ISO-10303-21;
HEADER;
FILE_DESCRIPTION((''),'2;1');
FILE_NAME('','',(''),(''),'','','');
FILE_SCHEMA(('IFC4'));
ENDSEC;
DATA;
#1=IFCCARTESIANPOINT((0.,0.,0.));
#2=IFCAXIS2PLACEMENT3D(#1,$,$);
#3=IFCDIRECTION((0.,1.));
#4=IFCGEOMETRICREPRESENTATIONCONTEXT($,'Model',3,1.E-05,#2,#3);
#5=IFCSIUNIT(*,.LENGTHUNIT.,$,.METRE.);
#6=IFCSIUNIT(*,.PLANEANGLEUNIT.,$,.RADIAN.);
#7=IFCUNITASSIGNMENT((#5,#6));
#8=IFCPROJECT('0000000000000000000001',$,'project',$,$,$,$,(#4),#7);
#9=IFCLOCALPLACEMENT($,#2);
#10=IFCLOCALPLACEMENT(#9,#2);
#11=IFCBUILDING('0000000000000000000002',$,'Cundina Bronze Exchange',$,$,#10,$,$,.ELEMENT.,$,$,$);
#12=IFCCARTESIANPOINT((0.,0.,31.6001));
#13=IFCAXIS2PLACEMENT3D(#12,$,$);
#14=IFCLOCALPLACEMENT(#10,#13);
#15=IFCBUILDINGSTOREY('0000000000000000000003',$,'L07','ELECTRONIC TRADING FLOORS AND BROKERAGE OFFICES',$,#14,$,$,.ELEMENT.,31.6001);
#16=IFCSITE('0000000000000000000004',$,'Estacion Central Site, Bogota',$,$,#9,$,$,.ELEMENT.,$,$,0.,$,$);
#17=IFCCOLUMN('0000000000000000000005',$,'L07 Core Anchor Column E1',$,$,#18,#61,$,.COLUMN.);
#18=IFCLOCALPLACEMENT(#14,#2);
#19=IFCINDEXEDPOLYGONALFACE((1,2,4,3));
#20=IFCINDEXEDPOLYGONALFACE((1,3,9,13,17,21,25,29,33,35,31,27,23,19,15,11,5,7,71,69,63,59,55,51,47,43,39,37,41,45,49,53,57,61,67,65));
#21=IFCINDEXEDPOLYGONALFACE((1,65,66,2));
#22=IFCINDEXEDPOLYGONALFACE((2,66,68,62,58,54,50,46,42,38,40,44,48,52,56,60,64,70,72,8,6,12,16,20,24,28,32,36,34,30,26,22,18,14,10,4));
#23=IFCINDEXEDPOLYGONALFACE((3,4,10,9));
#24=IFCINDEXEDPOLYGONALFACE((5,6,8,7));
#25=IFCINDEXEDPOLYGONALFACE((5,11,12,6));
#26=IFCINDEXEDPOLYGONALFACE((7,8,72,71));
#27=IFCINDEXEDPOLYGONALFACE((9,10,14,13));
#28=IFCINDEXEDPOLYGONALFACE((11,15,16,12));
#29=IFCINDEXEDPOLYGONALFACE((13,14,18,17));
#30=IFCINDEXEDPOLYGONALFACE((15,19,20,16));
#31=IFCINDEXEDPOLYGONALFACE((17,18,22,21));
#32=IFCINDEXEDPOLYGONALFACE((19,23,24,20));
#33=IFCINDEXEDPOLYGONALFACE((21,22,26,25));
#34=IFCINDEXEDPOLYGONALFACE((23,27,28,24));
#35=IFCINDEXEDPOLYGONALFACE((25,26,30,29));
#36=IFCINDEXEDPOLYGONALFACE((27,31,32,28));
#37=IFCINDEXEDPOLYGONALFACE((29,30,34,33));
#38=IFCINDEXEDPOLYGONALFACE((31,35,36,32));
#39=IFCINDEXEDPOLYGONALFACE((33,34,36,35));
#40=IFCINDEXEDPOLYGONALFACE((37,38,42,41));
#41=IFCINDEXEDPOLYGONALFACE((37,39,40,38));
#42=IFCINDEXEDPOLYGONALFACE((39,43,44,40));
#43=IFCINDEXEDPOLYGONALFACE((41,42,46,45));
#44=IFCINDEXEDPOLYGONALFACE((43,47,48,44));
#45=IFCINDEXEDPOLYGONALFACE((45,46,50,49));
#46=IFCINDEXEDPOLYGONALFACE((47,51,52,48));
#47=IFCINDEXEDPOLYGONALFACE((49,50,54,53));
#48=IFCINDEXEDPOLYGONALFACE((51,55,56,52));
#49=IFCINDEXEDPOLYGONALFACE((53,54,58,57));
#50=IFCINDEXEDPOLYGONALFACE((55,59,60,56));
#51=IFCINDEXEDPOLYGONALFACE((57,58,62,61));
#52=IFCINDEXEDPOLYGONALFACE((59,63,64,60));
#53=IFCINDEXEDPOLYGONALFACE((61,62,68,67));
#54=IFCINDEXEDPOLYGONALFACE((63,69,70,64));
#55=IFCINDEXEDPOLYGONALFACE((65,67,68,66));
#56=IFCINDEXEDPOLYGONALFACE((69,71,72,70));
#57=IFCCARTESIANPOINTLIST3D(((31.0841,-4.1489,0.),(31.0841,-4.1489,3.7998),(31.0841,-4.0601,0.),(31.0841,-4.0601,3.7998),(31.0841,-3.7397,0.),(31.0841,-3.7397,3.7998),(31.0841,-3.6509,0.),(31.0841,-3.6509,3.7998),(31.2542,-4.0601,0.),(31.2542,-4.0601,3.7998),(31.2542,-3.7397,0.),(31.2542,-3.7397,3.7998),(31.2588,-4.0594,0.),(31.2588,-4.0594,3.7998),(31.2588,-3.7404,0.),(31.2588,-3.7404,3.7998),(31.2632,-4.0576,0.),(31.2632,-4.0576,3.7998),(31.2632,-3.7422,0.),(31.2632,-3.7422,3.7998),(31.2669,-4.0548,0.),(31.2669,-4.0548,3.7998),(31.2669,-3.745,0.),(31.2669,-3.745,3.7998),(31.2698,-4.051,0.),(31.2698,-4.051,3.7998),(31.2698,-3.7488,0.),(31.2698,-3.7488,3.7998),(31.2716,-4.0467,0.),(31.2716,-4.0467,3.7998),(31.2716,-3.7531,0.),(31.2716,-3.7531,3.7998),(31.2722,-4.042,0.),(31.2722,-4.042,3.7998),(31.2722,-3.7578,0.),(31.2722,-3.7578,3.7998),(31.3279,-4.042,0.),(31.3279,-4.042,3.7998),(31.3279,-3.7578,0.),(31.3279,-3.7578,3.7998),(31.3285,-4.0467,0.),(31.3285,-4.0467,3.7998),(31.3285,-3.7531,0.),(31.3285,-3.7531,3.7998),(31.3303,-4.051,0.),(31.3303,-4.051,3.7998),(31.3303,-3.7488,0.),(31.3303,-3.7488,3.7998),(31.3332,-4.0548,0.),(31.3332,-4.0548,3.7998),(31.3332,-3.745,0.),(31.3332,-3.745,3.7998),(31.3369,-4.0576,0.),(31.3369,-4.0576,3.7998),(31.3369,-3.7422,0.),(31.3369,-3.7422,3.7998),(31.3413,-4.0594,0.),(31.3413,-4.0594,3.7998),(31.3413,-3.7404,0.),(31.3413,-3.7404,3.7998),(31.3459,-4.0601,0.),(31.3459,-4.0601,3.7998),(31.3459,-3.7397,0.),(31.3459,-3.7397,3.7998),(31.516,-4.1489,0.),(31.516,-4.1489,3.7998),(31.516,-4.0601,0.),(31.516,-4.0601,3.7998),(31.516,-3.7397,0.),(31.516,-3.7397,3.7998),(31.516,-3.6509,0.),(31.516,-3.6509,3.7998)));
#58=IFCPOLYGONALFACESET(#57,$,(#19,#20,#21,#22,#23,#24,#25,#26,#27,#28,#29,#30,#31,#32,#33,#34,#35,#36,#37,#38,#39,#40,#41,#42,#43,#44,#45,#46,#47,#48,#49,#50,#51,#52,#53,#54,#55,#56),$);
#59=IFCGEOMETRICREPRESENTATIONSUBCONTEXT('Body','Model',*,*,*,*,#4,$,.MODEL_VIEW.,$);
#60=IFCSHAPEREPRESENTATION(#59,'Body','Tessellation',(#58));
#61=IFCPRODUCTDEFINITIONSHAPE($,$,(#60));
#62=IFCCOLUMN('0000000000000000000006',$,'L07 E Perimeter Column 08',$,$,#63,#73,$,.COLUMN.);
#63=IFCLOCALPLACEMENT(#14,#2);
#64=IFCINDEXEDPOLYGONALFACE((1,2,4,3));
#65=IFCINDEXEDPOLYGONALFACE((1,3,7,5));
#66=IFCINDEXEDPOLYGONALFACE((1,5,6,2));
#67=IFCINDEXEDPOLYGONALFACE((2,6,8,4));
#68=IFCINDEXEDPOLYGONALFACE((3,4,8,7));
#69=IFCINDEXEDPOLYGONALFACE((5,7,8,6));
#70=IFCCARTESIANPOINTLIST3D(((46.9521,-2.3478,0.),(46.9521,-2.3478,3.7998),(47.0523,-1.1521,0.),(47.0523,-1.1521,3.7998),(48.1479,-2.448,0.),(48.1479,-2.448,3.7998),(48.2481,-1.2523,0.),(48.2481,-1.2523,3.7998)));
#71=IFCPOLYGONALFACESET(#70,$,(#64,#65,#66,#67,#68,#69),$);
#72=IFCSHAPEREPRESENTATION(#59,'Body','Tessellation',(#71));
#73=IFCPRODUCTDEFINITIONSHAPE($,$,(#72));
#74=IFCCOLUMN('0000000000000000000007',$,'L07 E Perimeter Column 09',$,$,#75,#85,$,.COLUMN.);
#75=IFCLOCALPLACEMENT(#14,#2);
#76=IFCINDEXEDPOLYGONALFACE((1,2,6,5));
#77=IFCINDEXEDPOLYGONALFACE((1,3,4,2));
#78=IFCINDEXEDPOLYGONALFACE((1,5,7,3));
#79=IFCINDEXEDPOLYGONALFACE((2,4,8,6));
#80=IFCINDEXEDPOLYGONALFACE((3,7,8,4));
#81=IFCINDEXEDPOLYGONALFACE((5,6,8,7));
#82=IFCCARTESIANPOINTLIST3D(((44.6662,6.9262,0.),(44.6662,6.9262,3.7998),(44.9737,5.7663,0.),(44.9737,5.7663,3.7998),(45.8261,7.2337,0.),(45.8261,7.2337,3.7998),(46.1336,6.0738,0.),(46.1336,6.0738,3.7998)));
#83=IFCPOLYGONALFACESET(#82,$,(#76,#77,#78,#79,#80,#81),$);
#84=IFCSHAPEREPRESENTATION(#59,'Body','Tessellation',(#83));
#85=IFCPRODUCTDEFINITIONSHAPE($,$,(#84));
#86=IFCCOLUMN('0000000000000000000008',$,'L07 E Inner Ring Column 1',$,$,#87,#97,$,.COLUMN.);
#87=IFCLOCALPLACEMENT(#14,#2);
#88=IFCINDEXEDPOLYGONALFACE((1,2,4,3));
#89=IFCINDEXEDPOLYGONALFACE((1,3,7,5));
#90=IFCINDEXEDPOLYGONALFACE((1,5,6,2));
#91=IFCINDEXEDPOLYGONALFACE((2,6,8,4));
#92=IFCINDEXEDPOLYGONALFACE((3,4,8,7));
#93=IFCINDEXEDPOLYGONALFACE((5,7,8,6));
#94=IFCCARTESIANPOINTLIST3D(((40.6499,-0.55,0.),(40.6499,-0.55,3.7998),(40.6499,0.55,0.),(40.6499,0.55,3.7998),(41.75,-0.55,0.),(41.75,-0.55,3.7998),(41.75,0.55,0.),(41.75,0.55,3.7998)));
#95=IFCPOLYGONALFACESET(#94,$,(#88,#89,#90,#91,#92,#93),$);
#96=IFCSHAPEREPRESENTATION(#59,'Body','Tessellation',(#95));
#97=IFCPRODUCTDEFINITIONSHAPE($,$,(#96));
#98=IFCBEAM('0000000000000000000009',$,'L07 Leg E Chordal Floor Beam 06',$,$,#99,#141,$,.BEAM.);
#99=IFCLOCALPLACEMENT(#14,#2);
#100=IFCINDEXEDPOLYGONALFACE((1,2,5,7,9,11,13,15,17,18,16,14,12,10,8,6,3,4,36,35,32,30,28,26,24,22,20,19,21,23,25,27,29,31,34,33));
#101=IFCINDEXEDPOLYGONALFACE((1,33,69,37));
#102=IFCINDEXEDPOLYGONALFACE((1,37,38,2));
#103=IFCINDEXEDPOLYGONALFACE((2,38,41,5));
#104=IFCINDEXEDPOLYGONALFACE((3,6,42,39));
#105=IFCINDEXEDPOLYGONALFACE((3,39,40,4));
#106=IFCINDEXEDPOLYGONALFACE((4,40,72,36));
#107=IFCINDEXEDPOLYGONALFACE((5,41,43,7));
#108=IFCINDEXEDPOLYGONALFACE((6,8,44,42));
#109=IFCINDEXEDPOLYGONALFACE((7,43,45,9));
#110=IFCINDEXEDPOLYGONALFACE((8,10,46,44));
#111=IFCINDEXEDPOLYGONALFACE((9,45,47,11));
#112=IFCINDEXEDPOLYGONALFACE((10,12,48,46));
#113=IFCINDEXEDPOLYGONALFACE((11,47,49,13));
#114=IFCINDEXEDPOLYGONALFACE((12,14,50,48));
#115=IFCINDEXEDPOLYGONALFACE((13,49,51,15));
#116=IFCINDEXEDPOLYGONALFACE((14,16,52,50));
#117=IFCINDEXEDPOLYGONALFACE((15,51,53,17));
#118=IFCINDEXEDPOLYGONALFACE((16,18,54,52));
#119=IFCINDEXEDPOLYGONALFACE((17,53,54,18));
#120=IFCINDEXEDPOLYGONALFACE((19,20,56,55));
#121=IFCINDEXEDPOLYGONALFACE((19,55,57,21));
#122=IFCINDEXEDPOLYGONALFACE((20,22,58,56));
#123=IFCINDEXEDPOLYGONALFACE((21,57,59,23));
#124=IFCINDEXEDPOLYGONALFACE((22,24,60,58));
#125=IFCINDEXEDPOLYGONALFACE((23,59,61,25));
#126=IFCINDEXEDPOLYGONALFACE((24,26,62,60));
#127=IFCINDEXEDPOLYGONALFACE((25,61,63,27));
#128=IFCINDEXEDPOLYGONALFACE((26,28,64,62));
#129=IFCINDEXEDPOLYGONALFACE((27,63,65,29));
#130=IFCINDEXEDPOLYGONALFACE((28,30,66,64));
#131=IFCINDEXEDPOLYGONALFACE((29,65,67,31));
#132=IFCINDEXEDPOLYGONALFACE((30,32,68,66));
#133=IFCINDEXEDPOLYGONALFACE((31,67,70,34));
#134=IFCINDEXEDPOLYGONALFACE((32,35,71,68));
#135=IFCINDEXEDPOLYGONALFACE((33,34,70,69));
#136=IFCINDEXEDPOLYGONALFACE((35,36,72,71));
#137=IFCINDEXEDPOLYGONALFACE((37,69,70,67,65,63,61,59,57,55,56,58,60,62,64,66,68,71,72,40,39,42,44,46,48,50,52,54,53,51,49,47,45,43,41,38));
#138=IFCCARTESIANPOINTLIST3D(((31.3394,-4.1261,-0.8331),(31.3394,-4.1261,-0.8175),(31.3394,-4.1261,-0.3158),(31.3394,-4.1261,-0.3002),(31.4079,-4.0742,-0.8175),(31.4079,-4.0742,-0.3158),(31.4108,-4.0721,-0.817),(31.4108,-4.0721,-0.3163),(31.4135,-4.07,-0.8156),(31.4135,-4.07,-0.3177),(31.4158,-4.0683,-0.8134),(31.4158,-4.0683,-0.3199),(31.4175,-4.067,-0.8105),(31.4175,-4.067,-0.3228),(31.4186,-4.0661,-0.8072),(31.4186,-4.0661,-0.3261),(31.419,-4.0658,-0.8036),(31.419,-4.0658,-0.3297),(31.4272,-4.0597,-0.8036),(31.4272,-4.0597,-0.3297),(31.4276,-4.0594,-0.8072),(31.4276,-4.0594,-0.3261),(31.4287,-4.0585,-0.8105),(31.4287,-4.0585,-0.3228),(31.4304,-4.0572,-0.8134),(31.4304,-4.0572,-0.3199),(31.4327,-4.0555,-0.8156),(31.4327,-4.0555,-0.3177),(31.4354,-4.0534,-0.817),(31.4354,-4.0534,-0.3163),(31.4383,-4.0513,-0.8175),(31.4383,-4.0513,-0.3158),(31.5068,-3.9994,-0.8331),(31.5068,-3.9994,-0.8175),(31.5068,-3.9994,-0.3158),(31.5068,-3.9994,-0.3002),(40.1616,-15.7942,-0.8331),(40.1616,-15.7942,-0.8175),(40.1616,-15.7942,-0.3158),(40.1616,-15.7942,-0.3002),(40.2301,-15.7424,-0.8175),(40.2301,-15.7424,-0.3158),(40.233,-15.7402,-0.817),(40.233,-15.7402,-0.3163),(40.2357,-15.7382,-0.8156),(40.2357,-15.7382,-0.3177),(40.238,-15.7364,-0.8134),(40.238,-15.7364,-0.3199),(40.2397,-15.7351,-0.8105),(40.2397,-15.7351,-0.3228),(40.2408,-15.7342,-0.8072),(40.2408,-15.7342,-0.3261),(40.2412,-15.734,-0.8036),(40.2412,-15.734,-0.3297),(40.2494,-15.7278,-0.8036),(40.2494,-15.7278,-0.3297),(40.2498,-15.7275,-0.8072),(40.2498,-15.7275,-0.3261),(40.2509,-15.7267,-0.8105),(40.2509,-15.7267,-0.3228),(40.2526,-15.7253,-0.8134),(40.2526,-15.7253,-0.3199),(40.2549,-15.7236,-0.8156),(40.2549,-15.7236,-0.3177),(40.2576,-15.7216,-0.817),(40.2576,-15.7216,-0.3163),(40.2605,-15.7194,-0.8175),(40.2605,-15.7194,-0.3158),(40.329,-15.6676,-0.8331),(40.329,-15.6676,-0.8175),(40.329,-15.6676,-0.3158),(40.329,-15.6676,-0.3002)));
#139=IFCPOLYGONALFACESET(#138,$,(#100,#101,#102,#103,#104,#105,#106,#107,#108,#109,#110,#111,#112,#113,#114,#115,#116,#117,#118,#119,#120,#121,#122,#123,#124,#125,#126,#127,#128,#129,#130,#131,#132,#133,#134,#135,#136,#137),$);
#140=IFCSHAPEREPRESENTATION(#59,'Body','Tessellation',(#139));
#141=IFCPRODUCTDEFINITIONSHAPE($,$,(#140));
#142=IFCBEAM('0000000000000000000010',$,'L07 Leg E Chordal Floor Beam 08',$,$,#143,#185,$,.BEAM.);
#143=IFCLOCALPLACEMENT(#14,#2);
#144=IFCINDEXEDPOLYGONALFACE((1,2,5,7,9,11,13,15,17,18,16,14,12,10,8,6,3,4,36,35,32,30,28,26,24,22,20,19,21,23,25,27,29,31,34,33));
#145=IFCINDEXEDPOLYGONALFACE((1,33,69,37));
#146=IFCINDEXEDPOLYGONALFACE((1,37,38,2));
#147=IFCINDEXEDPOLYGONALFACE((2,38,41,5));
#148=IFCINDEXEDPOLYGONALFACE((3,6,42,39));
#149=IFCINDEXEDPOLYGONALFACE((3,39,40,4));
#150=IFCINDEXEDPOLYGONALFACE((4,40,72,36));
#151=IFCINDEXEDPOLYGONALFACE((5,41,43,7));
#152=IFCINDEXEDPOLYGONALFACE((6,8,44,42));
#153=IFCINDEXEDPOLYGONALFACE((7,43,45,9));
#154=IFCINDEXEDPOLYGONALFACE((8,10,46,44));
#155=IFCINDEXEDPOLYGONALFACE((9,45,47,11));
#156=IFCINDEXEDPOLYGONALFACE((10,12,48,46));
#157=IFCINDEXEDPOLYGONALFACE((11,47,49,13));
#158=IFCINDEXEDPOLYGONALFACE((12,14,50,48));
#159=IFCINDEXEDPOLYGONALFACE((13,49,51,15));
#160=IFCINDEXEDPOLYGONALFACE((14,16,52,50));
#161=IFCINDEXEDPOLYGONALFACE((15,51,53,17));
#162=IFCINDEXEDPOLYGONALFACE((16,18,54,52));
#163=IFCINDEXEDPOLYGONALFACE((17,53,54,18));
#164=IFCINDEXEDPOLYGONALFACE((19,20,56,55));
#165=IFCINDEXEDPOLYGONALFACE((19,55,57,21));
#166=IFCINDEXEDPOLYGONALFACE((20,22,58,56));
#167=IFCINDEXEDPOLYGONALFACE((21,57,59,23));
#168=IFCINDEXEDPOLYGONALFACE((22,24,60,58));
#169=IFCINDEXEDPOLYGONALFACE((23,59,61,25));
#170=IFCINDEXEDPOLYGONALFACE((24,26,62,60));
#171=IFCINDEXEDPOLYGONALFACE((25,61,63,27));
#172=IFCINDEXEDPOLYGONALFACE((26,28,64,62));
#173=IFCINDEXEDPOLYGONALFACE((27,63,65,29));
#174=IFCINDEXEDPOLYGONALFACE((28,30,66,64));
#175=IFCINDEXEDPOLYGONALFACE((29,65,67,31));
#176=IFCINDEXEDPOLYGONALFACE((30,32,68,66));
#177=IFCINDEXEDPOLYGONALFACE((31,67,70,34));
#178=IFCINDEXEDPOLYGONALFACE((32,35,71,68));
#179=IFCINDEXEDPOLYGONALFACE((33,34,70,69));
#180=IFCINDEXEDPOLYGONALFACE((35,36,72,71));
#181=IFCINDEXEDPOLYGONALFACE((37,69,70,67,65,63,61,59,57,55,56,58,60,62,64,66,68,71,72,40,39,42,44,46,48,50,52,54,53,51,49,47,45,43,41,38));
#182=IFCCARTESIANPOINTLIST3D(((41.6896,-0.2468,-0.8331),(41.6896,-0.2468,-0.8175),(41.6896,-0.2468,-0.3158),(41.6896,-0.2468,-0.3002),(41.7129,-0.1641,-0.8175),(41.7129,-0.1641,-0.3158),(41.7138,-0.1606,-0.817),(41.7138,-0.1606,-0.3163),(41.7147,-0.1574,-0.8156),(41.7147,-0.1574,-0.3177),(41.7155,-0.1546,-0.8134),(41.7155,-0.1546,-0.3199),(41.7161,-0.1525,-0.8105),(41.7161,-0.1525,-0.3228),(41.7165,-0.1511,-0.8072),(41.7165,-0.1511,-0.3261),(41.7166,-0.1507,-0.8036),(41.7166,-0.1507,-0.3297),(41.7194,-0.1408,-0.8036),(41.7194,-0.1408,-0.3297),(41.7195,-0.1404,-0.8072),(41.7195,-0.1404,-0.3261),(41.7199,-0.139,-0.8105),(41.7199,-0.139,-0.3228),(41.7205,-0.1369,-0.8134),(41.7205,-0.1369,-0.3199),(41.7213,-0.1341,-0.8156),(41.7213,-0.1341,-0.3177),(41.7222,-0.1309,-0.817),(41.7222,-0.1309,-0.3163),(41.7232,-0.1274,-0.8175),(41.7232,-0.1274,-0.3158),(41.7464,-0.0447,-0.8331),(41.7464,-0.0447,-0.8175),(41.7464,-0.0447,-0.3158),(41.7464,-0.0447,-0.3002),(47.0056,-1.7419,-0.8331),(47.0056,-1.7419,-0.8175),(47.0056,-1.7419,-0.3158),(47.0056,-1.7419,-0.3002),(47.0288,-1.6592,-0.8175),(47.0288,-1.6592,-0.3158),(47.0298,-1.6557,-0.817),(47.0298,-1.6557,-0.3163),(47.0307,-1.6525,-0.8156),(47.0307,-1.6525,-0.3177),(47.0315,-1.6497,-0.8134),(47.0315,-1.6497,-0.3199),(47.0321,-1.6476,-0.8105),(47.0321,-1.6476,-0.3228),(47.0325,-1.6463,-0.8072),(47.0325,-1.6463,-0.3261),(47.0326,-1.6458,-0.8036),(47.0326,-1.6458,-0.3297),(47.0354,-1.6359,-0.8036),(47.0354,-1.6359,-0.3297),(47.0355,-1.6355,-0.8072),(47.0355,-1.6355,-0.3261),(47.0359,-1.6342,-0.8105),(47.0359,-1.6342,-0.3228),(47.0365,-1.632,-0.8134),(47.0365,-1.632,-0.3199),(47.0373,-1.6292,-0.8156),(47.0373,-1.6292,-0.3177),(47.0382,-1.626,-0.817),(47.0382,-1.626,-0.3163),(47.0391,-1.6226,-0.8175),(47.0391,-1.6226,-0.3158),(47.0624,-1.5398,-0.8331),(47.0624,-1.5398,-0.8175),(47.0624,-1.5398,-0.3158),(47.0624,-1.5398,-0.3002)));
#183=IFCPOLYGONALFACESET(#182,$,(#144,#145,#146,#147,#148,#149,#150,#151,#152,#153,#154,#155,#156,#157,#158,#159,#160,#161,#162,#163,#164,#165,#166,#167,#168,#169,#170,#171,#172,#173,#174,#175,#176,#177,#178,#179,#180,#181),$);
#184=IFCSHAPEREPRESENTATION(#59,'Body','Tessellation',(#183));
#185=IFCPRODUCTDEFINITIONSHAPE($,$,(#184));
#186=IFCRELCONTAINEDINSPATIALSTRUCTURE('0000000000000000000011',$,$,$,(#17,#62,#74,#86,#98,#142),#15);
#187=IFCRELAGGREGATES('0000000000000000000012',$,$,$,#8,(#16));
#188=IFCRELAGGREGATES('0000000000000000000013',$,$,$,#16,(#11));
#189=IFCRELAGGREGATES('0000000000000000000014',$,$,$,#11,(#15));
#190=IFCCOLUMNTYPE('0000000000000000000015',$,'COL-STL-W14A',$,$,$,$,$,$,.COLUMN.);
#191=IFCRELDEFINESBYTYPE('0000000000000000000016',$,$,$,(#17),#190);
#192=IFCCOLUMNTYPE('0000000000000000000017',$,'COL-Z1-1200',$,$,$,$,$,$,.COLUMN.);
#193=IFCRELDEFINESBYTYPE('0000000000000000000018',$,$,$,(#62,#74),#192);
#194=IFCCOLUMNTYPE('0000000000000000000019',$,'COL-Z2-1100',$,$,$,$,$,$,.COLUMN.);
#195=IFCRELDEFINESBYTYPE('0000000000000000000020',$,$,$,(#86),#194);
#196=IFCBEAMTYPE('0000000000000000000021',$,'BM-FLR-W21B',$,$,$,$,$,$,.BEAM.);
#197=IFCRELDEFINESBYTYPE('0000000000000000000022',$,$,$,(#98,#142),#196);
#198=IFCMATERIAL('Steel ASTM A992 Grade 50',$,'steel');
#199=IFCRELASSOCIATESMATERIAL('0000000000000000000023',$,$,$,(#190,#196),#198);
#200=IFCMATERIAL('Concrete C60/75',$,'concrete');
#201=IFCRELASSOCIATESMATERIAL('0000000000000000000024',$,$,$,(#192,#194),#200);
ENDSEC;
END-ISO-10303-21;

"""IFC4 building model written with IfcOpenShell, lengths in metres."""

from ifc_helpers import new_model, si_unit, direction, frame, origin, origin_2d, place, context, subcontext, project, spatial, rectangle, i_section, extrude, material, material_profile, profile_set, type_object, element, save


model = new_model("IFC4")

# Units and contexts
model_context = context("Model", 3, precision=1e-05, world=origin(), true_north=direction((0.0, 1.0)))
body_context = subcontext(model_context, "Body", "Model", "MODEL_VIEW")
ifc_project = project(units=[si_unit("LENGTHUNIT", "METRE"), si_unit("PLANEANGLEUNIT", "RADIAN")], contexts=[model_context])

# Site, building, storey
site_placement = place(None, origin())
site = spatial("IfcSite", under=ifc_project, at=site_placement, Name="Estacion Central Site, Bogota", CompositionType="ELEMENT", RefElevation=0.0)
building_placement = place(site_placement, origin())
building = spatial("IfcBuilding", under=site, at=building_placement, Name="Cundina Bronze Exchange", CompositionType="ELEMENT")
storey_placement = place(building_placement, frame((0.0, 0.0, 31.6001)))
storey = spatial("IfcBuildingStorey", under=building, at=storey_placement, Name="L07", Description="ELECTRONIC TRADING FLOORS AND BROKERAGE OFFICES", CompositionType="ELEMENT", Elevation=31.6001)

# Columns
ifc_material_1 = material(Name="Steel ASTM A992 Grade 50", Category="steel")
ifc_material_profile_1 = material_profile(ifc_material_1, i_section(OverallWidth=0.4319, OverallDepth=0.498, WebThickness=0.0557, FlangeThickness=0.0889, FilletRadius=0.0181, at=origin_2d()), Name="W14X500", Category="steel")
ifc_profile_set_1 = profile_set([ifc_material_profile_1], Name="Steel ASTM A992 Grade 50")
column_type_1 = type_object("IfcColumnType", Name="COL-STL-W14A", PredefinedType="COLUMN", material=ifc_profile_set_1)
column_1_placement = place(storey_placement, frame((31.3, -3.8999, 0.0), z_axis=(0.0, 0.0, 1.0), x_axis=(1.0, 0.0, 0.0)))
element("IfcColumn", 1, at=column_1_placement, inside=storey, type_object=column_type_1, Name="L07 Core Anchor Column E1", PredefinedType="COLUMN", context=body_context, shape_type="SweptSolid", body=[
    extrude(i_section(OverallWidth=0.4319, OverallDepth=0.498, WebThickness=0.0557, FlangeThickness=0.0889, FilletRadius=0.0181, at=origin_2d()), origin(), (0.0, 0.0, 1.0), 3.7998),
])
ifc_material_2 = material(Name="Concrete C60/75", Category="concrete")
ifc_material_profile_2 = material_profile(ifc_material_2, rectangle(XDim=1.2, YDim=1.2, at=origin_2d()), Name="RC1200X1200", Category="concrete")
ifc_profile_set_2 = profile_set([ifc_material_profile_2], Name="Concrete C60/75")
column_type_2 = type_object("IfcColumnType", Name="COL-Z1-1200", PredefinedType="COLUMN", material=ifc_profile_set_2)
for number, where, z_axis, x_axis, name in (
    (2, (47.6001, -1.8, 0.0), (0.0, 0.0, 1.0), (0.083504, 0.996507, 0.0), "L07 E Perimeter Column 08"),
    (3, (45.3999, 6.5, 0.0), (0.0, 0.0, 1.0), (-0.256289, 0.9666, 0.0), "L07 E Perimeter Column 09"),
):
    element("IfcColumn", number, at=place(storey_placement, frame(where, z_axis=z_axis, x_axis=x_axis)), inside=storey, type_object=column_type_2, Name=name, PredefinedType="COLUMN", context=body_context, shape_type="SweptSolid", body=[
        extrude(rectangle(XDim=1.2, YDim=1.2, at=origin_2d()), origin(), (0.0, 0.0, 1.0), 3.7998),
    ])
ifc_material_profile_3 = material_profile(ifc_material_2, rectangle(XDim=1.1001, YDim=1.1001, at=origin_2d()), Name="RC1100X1100", Category="concrete")
ifc_profile_set_3 = profile_set([ifc_material_profile_3], Name="Concrete C60/75")
column_type_3 = type_object("IfcColumnType", Name="COL-Z2-1100", PredefinedType="COLUMN", material=ifc_profile_set_3)
column_2_placement = place(storey_placement, frame((41.2, 0.0, 0.0), z_axis=(0.0, 0.0, 1.0), x_axis=(1.0, 0.0, 0.0)))
element("IfcColumn", 4, at=column_2_placement, inside=storey, type_object=column_type_3, Name="L07 E Inner Ring Column 1", PredefinedType="COLUMN", context=body_context, shape_type="SweptSolid", body=[
    extrude(rectangle(XDim=1.1001, YDim=1.1001, at=origin_2d()), origin(), (0.0, 0.0, 1.0), 3.7998),
])

# Beams
ifc_material_profile_4 = material_profile(ifc_material_1, i_section(OverallWidth=0.21, OverallDepth=0.533, WebThickness=0.0103, FlangeThickness=0.0156, FilletRadius=0.0139, at=origin_2d()), Name="W21X62", Category="steel")
ifc_profile_set_4 = profile_set([ifc_material_profile_4], Name="Steel ASTM A992 Grade 50")
beam_type_1 = type_object("IfcBeamType", Name="BM-FLR-W21B", PredefinedType="BEAM", material=ifc_profile_set_4)
beam_1_placement = place(storey_placement, frame((31.4231, -4.0627, -0.5667), z_axis=(0.603106, -0.797661, 0.0), x_axis=(0.797661, 0.603106, 0.0)))
element("IfcBeam", 5, at=beam_1_placement, inside=storey, type_object=beam_type_1, Name="L07 Leg E Chordal Floor Beam 06", PredefinedType="BEAM", context=body_context, shape_type="SweptSolid", body=[
    extrude(i_section(OverallWidth=0.21, OverallDepth=0.533, WebThickness=0.0103, FlangeThickness=0.0156, FilletRadius=0.0139, at=origin_2d()), origin(), (0.0, 0.0, 1.0), 14.6279),
])
beam_2_placement = place(storey_placement, frame((41.718, -0.1458, -0.5667), z_axis=(0.96265, -0.270748, 0.0), x_axis=(0.270748, 0.96265, 0.0)))
element("IfcBeam", 6, at=beam_2_placement, inside=storey, type_object=beam_type_1, Name="L07 Leg E Chordal Floor Beam 08", PredefinedType="BEAM", context=body_context, shape_type="SweptSolid", body=[
    extrude(i_section(OverallWidth=0.21, OverallDepth=0.533, WebThickness=0.0103, FlangeThickness=0.0156, FilletRadius=0.0139, at=origin_2d()), origin(), (0.0, 0.0, 1.0), 5.5222),
])

save(model, "model.ifc")
